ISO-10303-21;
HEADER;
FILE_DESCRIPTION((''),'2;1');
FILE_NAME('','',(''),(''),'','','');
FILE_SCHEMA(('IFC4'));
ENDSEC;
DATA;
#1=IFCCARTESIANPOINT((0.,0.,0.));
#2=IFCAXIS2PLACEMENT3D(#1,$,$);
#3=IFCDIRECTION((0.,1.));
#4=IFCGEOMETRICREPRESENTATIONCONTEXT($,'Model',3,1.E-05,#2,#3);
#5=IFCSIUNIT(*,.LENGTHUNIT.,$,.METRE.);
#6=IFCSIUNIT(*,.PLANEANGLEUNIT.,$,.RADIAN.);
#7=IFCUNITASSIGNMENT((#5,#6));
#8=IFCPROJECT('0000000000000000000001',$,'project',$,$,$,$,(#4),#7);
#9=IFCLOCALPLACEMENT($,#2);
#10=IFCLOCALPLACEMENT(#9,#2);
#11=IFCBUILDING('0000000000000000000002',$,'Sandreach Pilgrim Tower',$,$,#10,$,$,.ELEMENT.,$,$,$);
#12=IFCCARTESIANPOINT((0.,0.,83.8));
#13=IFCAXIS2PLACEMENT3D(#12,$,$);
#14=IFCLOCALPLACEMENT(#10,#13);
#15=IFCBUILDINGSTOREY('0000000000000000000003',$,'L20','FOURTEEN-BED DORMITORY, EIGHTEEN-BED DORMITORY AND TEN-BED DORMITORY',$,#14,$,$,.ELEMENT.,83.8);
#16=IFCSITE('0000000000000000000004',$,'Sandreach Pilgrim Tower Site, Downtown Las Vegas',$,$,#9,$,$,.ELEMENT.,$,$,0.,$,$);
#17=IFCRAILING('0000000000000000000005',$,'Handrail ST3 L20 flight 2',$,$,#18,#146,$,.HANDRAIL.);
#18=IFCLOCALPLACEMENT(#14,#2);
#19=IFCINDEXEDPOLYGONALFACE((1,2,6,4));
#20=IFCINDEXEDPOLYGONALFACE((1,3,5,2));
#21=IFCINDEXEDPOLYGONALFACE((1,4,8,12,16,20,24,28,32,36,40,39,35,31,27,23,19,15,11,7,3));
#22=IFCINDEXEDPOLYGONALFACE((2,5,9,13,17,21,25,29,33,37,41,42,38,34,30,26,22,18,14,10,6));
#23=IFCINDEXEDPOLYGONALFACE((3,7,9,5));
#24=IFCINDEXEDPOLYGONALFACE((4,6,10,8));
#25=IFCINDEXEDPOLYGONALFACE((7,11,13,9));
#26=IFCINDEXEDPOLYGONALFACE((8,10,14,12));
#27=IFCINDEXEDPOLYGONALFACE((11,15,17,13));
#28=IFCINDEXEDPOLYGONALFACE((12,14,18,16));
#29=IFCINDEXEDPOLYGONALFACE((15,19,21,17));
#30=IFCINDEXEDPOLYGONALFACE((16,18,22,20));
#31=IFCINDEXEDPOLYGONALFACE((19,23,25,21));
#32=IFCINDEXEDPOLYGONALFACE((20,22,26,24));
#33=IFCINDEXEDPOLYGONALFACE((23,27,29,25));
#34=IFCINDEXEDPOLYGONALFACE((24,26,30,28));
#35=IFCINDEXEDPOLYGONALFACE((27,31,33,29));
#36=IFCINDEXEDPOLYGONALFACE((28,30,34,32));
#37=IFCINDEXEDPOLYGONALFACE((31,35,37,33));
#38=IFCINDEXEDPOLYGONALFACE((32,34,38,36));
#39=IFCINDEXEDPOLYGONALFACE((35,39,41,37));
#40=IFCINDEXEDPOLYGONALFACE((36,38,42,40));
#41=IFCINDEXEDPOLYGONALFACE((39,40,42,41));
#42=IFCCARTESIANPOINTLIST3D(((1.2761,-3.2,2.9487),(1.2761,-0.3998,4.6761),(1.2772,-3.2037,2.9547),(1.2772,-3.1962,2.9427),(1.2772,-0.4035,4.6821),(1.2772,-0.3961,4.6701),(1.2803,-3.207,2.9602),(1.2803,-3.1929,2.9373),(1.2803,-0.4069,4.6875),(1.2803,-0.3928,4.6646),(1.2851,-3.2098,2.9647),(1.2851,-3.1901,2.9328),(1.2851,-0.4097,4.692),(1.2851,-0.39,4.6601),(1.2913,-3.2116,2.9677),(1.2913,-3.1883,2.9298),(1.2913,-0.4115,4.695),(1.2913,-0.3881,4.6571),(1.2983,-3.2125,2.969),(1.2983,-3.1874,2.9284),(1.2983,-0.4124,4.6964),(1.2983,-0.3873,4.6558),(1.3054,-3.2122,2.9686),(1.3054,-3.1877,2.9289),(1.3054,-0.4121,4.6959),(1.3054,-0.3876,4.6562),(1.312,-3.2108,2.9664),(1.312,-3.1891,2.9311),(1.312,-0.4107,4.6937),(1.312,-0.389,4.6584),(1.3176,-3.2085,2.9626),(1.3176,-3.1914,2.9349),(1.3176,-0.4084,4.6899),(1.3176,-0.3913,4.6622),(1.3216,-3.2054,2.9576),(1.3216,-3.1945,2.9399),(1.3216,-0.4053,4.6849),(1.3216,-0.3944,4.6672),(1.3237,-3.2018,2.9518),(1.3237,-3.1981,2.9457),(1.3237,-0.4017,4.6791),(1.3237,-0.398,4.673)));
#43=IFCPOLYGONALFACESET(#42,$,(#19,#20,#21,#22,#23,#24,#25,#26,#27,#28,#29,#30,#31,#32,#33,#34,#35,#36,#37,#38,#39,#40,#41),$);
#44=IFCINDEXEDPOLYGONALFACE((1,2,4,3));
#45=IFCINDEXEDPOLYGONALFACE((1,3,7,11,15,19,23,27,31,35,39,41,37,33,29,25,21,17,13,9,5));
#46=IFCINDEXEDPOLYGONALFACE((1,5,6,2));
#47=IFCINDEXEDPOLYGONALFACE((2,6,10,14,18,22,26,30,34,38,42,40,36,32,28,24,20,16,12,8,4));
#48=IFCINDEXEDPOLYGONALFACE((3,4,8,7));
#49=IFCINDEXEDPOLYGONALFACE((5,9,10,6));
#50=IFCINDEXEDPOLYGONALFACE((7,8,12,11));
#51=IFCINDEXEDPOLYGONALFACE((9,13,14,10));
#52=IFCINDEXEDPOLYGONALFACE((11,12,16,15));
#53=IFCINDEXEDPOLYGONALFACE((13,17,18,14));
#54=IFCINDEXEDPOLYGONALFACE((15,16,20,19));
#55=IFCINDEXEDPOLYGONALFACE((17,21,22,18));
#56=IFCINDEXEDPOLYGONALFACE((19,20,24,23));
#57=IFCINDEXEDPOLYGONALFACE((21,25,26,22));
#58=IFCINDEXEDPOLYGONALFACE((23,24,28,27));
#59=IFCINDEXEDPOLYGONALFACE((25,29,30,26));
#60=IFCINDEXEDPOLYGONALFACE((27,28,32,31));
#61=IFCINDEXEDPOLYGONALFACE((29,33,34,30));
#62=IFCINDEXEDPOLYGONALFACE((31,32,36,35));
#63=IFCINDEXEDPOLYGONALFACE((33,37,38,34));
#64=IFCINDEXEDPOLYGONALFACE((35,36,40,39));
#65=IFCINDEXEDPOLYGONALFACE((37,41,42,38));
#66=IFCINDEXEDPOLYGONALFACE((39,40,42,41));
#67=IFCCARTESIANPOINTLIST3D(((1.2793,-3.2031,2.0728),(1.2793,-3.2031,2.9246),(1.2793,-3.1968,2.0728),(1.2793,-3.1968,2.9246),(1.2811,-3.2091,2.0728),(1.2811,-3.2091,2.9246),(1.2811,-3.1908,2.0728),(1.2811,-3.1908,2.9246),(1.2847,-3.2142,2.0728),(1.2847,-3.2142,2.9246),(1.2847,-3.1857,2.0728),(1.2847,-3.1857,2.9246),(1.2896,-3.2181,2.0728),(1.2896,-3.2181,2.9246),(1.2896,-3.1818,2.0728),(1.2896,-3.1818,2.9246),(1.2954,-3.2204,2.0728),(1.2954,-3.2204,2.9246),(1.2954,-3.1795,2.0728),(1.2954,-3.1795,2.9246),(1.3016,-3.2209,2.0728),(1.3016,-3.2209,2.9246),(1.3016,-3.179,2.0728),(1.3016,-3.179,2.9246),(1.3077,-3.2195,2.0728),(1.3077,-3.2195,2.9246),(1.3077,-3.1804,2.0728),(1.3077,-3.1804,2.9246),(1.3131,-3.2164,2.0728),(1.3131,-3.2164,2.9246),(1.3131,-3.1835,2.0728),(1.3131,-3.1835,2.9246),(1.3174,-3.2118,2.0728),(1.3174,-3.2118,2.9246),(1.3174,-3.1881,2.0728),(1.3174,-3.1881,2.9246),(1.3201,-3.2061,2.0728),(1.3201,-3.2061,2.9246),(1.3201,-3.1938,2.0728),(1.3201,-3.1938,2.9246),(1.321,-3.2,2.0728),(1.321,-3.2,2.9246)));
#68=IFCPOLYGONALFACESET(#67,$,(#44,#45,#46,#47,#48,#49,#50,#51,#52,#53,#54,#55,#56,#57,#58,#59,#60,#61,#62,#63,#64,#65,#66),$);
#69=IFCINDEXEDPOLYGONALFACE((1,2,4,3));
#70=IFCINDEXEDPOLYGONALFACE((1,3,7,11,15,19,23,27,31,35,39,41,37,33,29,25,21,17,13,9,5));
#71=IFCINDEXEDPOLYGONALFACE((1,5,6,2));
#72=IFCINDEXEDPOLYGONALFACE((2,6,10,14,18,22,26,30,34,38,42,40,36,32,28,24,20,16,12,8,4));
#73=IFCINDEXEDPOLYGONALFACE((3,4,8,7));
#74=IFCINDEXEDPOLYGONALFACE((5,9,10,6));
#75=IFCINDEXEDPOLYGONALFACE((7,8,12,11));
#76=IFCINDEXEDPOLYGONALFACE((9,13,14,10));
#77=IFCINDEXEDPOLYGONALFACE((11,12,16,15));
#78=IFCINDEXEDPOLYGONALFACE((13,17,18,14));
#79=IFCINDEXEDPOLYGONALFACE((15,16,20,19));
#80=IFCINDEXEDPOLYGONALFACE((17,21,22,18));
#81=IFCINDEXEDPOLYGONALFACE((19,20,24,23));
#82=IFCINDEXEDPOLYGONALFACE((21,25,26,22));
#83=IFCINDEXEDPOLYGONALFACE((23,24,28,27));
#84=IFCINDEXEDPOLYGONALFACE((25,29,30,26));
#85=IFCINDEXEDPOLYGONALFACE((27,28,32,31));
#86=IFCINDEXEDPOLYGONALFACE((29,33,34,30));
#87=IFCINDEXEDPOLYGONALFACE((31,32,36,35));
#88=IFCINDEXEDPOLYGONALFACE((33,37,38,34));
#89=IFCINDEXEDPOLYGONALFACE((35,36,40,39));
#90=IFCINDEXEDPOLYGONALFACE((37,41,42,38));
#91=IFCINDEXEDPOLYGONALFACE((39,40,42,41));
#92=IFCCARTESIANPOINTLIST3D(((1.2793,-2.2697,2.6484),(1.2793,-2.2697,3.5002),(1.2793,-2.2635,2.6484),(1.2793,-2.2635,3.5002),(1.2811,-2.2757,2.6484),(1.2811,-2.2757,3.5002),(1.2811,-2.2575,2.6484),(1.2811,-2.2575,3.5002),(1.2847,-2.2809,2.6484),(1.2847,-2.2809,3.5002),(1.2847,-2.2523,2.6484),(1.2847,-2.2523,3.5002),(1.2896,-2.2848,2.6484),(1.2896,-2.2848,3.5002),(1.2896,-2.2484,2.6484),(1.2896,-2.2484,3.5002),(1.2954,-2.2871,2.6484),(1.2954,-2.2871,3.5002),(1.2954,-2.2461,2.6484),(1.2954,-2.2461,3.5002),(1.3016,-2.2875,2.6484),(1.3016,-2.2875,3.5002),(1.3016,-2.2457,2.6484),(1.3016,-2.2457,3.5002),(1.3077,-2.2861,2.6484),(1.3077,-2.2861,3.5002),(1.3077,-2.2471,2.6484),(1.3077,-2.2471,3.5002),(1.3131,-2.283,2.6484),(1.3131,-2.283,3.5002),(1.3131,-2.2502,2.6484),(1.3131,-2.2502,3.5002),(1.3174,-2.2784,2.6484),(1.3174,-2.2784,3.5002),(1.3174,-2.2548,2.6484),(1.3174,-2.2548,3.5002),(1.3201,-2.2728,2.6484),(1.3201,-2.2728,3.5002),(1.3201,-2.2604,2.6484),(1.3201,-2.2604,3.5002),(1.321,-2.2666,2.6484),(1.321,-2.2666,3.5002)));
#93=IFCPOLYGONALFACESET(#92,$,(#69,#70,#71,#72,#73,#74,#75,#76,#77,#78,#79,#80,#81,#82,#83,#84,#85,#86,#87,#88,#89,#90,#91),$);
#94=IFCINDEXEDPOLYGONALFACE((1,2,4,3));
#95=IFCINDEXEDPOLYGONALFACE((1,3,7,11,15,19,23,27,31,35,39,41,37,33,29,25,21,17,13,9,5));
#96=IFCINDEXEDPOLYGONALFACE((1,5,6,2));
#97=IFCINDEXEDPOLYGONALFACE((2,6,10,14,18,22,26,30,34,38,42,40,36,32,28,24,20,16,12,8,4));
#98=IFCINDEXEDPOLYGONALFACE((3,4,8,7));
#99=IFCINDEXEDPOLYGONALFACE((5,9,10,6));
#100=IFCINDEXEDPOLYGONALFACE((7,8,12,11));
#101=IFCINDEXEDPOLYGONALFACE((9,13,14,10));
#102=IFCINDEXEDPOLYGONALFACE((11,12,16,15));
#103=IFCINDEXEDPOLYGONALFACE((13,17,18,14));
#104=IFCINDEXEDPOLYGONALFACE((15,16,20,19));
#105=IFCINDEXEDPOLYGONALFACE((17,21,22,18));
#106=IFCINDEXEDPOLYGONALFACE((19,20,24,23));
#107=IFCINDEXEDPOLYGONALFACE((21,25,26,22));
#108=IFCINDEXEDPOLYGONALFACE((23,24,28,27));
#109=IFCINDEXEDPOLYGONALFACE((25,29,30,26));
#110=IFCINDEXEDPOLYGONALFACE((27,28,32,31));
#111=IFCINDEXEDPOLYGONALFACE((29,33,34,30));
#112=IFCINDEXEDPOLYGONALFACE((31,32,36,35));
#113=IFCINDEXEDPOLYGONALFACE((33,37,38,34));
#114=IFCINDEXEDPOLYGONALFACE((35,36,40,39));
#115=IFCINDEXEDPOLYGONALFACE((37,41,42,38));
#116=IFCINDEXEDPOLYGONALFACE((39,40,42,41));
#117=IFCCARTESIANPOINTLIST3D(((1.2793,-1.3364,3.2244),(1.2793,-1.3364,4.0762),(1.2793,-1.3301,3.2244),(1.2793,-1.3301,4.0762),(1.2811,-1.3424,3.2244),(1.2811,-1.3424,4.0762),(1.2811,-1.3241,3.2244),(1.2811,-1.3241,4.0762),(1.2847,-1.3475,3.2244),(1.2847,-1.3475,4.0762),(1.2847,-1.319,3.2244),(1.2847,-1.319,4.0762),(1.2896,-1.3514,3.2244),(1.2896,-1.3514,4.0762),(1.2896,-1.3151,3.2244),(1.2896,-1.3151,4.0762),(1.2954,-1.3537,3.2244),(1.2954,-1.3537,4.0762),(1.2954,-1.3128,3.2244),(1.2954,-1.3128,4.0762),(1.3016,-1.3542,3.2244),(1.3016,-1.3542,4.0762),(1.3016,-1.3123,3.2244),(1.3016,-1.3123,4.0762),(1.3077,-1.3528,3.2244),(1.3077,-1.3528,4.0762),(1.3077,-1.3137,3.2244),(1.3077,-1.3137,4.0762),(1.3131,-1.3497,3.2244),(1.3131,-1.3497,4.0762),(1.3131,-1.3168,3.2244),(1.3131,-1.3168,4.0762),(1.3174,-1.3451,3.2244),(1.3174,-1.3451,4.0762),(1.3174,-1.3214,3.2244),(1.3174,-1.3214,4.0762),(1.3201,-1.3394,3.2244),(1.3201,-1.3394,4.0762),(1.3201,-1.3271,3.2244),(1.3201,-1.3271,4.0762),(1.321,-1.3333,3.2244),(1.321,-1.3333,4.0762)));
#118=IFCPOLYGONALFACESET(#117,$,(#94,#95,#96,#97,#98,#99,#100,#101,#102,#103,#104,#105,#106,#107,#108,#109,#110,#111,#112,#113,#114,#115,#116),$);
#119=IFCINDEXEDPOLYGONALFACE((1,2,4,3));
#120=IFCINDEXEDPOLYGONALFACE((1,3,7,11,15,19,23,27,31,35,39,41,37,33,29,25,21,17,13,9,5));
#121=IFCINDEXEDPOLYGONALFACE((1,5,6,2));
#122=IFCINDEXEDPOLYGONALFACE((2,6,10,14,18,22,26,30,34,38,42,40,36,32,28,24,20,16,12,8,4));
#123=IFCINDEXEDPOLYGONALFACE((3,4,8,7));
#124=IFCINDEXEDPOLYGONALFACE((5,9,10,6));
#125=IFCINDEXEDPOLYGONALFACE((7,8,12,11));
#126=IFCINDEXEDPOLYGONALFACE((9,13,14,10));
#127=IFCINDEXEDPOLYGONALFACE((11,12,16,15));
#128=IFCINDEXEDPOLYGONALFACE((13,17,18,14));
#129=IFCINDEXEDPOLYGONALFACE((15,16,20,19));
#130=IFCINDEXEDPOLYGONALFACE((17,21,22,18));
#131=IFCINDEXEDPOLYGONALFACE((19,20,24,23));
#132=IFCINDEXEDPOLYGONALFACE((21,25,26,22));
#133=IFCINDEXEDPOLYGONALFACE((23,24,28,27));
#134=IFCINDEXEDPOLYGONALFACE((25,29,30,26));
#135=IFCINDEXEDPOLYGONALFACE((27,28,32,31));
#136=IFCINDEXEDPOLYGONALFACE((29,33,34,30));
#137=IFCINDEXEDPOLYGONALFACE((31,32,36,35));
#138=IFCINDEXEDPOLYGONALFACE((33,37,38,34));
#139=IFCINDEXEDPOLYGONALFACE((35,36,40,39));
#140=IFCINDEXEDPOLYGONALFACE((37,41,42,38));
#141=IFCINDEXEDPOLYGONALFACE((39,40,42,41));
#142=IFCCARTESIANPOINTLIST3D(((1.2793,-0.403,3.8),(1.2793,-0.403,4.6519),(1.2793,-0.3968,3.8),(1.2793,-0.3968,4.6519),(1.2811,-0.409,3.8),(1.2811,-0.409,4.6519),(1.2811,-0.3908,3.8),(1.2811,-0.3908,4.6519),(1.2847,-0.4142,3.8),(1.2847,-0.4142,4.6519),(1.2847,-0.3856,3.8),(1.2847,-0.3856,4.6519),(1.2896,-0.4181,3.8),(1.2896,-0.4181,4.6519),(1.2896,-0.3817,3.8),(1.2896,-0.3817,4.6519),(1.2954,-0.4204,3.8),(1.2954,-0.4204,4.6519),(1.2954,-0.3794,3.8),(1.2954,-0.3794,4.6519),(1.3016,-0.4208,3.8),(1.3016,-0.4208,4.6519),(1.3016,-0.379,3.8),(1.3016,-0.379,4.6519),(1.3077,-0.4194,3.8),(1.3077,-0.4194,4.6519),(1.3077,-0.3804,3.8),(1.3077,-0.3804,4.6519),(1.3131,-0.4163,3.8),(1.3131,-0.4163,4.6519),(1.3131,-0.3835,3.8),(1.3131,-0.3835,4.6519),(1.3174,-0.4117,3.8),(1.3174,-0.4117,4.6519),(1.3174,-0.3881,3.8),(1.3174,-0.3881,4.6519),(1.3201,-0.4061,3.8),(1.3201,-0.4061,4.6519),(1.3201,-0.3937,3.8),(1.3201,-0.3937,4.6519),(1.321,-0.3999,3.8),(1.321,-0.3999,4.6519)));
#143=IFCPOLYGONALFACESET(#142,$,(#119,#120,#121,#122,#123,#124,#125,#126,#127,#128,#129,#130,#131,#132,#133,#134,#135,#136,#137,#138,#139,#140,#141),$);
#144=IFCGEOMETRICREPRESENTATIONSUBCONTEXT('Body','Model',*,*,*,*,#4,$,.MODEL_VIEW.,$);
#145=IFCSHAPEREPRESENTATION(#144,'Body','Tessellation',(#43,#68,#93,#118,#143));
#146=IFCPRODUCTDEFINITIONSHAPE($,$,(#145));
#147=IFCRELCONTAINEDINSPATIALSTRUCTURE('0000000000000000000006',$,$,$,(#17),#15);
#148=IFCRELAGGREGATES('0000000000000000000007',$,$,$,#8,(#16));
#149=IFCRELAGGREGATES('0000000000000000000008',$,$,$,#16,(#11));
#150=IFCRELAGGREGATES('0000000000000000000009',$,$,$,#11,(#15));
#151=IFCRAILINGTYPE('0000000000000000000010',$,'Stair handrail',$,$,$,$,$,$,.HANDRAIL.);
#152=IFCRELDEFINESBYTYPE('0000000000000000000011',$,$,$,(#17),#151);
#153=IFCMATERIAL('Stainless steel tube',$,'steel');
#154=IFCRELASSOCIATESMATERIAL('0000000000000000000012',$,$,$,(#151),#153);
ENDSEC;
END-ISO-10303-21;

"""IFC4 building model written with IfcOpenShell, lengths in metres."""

from ifc_helpers import new_model, si_unit, direction, frame, origin, origin_2d, place, context, subcontext, project, spatial, circle, extrude, material, type_object, element, save


model = new_model("IFC4")

# Units and contexts
model_context = context("Model", 3, precision=1e-05, world=origin(), true_north=direction((0.0, 1.0)))
body_context = subcontext(model_context, "Body", "Model", "MODEL_VIEW")
ifc_project = project(units=[si_unit("LENGTHUNIT", "METRE"), si_unit("PLANEANGLEUNIT", "RADIAN")], contexts=[model_context])

# Site, building, storey
site_placement = place(None, origin())
site = spatial("IfcSite", under=ifc_project, at=site_placement, Name="Sandreach Pilgrim Tower Site, Downtown Las Vegas", CompositionType="ELEMENT", RefElevation=0.0)
building_placement = place(site_placement, origin())
building = spatial("IfcBuilding", under=site, at=building_placement, Name="Sandreach Pilgrim Tower", CompositionType="ELEMENT")
storey_placement = place(building_placement, frame((0.0, 0.0, 83.8)))
storey = spatial("IfcBuildingStorey", under=building, at=storey_placement, Name="L20", Description="FOURTEEN-BED DORMITORY, EIGHTEEN-BED DORMITORY AND TEN-BED DORMITORY", CompositionType="ELEMENT", Elevation=83.8)

# Railing
ifc_material_1 = material(Name="Stainless steel tube", Category="steel")
railing_type = type_object("IfcRailingType", Name="Stair handrail", PredefinedType="HANDRAIL", material=ifc_material_1)
for number, where, name in (
    (1, (1.3, -3.2, 2.0728), "Handrail ST3 L20 flight 2"),
):
    element("IfcRailing", number, at=place(storey_placement, frame(where)), inside=storey, type_object=railing_type, Name=name, PredefinedType="HANDRAIL", context=body_context, shape_type="SweptSolid", body=[
        extrude(circle(Radius=0.0239, at=origin_2d()), frame((0.0, 0.0, 0.876), z_axis=(0.0, 0.85109, 0.52502), x_axis=(-1.0, 0.0, 0.0)), (0.0, 0.0, 1.0), 3.29),
        extrude(circle(Radius=0.021, at=origin_2d()), origin(), (0.0, 0.0, 1.0), 0.8518),
        extrude(circle(Radius=0.021, at=origin_2d()), frame((0.0, 0.9333, 0.5757)), (0.0, 0.0, 1.0), 0.8518),
        extrude(circle(Radius=0.021, at=origin_2d()), frame((0.0, 1.8667, 1.1516)), (0.0, 0.0, 1.0), 0.8518),
        extrude(circle(Radius=0.021, at=origin_2d()), frame((0.0, 2.8, 1.7273)), (0.0, 0.0, 1.0), 0.8518),
    ])

save(model, "model.ifc")
